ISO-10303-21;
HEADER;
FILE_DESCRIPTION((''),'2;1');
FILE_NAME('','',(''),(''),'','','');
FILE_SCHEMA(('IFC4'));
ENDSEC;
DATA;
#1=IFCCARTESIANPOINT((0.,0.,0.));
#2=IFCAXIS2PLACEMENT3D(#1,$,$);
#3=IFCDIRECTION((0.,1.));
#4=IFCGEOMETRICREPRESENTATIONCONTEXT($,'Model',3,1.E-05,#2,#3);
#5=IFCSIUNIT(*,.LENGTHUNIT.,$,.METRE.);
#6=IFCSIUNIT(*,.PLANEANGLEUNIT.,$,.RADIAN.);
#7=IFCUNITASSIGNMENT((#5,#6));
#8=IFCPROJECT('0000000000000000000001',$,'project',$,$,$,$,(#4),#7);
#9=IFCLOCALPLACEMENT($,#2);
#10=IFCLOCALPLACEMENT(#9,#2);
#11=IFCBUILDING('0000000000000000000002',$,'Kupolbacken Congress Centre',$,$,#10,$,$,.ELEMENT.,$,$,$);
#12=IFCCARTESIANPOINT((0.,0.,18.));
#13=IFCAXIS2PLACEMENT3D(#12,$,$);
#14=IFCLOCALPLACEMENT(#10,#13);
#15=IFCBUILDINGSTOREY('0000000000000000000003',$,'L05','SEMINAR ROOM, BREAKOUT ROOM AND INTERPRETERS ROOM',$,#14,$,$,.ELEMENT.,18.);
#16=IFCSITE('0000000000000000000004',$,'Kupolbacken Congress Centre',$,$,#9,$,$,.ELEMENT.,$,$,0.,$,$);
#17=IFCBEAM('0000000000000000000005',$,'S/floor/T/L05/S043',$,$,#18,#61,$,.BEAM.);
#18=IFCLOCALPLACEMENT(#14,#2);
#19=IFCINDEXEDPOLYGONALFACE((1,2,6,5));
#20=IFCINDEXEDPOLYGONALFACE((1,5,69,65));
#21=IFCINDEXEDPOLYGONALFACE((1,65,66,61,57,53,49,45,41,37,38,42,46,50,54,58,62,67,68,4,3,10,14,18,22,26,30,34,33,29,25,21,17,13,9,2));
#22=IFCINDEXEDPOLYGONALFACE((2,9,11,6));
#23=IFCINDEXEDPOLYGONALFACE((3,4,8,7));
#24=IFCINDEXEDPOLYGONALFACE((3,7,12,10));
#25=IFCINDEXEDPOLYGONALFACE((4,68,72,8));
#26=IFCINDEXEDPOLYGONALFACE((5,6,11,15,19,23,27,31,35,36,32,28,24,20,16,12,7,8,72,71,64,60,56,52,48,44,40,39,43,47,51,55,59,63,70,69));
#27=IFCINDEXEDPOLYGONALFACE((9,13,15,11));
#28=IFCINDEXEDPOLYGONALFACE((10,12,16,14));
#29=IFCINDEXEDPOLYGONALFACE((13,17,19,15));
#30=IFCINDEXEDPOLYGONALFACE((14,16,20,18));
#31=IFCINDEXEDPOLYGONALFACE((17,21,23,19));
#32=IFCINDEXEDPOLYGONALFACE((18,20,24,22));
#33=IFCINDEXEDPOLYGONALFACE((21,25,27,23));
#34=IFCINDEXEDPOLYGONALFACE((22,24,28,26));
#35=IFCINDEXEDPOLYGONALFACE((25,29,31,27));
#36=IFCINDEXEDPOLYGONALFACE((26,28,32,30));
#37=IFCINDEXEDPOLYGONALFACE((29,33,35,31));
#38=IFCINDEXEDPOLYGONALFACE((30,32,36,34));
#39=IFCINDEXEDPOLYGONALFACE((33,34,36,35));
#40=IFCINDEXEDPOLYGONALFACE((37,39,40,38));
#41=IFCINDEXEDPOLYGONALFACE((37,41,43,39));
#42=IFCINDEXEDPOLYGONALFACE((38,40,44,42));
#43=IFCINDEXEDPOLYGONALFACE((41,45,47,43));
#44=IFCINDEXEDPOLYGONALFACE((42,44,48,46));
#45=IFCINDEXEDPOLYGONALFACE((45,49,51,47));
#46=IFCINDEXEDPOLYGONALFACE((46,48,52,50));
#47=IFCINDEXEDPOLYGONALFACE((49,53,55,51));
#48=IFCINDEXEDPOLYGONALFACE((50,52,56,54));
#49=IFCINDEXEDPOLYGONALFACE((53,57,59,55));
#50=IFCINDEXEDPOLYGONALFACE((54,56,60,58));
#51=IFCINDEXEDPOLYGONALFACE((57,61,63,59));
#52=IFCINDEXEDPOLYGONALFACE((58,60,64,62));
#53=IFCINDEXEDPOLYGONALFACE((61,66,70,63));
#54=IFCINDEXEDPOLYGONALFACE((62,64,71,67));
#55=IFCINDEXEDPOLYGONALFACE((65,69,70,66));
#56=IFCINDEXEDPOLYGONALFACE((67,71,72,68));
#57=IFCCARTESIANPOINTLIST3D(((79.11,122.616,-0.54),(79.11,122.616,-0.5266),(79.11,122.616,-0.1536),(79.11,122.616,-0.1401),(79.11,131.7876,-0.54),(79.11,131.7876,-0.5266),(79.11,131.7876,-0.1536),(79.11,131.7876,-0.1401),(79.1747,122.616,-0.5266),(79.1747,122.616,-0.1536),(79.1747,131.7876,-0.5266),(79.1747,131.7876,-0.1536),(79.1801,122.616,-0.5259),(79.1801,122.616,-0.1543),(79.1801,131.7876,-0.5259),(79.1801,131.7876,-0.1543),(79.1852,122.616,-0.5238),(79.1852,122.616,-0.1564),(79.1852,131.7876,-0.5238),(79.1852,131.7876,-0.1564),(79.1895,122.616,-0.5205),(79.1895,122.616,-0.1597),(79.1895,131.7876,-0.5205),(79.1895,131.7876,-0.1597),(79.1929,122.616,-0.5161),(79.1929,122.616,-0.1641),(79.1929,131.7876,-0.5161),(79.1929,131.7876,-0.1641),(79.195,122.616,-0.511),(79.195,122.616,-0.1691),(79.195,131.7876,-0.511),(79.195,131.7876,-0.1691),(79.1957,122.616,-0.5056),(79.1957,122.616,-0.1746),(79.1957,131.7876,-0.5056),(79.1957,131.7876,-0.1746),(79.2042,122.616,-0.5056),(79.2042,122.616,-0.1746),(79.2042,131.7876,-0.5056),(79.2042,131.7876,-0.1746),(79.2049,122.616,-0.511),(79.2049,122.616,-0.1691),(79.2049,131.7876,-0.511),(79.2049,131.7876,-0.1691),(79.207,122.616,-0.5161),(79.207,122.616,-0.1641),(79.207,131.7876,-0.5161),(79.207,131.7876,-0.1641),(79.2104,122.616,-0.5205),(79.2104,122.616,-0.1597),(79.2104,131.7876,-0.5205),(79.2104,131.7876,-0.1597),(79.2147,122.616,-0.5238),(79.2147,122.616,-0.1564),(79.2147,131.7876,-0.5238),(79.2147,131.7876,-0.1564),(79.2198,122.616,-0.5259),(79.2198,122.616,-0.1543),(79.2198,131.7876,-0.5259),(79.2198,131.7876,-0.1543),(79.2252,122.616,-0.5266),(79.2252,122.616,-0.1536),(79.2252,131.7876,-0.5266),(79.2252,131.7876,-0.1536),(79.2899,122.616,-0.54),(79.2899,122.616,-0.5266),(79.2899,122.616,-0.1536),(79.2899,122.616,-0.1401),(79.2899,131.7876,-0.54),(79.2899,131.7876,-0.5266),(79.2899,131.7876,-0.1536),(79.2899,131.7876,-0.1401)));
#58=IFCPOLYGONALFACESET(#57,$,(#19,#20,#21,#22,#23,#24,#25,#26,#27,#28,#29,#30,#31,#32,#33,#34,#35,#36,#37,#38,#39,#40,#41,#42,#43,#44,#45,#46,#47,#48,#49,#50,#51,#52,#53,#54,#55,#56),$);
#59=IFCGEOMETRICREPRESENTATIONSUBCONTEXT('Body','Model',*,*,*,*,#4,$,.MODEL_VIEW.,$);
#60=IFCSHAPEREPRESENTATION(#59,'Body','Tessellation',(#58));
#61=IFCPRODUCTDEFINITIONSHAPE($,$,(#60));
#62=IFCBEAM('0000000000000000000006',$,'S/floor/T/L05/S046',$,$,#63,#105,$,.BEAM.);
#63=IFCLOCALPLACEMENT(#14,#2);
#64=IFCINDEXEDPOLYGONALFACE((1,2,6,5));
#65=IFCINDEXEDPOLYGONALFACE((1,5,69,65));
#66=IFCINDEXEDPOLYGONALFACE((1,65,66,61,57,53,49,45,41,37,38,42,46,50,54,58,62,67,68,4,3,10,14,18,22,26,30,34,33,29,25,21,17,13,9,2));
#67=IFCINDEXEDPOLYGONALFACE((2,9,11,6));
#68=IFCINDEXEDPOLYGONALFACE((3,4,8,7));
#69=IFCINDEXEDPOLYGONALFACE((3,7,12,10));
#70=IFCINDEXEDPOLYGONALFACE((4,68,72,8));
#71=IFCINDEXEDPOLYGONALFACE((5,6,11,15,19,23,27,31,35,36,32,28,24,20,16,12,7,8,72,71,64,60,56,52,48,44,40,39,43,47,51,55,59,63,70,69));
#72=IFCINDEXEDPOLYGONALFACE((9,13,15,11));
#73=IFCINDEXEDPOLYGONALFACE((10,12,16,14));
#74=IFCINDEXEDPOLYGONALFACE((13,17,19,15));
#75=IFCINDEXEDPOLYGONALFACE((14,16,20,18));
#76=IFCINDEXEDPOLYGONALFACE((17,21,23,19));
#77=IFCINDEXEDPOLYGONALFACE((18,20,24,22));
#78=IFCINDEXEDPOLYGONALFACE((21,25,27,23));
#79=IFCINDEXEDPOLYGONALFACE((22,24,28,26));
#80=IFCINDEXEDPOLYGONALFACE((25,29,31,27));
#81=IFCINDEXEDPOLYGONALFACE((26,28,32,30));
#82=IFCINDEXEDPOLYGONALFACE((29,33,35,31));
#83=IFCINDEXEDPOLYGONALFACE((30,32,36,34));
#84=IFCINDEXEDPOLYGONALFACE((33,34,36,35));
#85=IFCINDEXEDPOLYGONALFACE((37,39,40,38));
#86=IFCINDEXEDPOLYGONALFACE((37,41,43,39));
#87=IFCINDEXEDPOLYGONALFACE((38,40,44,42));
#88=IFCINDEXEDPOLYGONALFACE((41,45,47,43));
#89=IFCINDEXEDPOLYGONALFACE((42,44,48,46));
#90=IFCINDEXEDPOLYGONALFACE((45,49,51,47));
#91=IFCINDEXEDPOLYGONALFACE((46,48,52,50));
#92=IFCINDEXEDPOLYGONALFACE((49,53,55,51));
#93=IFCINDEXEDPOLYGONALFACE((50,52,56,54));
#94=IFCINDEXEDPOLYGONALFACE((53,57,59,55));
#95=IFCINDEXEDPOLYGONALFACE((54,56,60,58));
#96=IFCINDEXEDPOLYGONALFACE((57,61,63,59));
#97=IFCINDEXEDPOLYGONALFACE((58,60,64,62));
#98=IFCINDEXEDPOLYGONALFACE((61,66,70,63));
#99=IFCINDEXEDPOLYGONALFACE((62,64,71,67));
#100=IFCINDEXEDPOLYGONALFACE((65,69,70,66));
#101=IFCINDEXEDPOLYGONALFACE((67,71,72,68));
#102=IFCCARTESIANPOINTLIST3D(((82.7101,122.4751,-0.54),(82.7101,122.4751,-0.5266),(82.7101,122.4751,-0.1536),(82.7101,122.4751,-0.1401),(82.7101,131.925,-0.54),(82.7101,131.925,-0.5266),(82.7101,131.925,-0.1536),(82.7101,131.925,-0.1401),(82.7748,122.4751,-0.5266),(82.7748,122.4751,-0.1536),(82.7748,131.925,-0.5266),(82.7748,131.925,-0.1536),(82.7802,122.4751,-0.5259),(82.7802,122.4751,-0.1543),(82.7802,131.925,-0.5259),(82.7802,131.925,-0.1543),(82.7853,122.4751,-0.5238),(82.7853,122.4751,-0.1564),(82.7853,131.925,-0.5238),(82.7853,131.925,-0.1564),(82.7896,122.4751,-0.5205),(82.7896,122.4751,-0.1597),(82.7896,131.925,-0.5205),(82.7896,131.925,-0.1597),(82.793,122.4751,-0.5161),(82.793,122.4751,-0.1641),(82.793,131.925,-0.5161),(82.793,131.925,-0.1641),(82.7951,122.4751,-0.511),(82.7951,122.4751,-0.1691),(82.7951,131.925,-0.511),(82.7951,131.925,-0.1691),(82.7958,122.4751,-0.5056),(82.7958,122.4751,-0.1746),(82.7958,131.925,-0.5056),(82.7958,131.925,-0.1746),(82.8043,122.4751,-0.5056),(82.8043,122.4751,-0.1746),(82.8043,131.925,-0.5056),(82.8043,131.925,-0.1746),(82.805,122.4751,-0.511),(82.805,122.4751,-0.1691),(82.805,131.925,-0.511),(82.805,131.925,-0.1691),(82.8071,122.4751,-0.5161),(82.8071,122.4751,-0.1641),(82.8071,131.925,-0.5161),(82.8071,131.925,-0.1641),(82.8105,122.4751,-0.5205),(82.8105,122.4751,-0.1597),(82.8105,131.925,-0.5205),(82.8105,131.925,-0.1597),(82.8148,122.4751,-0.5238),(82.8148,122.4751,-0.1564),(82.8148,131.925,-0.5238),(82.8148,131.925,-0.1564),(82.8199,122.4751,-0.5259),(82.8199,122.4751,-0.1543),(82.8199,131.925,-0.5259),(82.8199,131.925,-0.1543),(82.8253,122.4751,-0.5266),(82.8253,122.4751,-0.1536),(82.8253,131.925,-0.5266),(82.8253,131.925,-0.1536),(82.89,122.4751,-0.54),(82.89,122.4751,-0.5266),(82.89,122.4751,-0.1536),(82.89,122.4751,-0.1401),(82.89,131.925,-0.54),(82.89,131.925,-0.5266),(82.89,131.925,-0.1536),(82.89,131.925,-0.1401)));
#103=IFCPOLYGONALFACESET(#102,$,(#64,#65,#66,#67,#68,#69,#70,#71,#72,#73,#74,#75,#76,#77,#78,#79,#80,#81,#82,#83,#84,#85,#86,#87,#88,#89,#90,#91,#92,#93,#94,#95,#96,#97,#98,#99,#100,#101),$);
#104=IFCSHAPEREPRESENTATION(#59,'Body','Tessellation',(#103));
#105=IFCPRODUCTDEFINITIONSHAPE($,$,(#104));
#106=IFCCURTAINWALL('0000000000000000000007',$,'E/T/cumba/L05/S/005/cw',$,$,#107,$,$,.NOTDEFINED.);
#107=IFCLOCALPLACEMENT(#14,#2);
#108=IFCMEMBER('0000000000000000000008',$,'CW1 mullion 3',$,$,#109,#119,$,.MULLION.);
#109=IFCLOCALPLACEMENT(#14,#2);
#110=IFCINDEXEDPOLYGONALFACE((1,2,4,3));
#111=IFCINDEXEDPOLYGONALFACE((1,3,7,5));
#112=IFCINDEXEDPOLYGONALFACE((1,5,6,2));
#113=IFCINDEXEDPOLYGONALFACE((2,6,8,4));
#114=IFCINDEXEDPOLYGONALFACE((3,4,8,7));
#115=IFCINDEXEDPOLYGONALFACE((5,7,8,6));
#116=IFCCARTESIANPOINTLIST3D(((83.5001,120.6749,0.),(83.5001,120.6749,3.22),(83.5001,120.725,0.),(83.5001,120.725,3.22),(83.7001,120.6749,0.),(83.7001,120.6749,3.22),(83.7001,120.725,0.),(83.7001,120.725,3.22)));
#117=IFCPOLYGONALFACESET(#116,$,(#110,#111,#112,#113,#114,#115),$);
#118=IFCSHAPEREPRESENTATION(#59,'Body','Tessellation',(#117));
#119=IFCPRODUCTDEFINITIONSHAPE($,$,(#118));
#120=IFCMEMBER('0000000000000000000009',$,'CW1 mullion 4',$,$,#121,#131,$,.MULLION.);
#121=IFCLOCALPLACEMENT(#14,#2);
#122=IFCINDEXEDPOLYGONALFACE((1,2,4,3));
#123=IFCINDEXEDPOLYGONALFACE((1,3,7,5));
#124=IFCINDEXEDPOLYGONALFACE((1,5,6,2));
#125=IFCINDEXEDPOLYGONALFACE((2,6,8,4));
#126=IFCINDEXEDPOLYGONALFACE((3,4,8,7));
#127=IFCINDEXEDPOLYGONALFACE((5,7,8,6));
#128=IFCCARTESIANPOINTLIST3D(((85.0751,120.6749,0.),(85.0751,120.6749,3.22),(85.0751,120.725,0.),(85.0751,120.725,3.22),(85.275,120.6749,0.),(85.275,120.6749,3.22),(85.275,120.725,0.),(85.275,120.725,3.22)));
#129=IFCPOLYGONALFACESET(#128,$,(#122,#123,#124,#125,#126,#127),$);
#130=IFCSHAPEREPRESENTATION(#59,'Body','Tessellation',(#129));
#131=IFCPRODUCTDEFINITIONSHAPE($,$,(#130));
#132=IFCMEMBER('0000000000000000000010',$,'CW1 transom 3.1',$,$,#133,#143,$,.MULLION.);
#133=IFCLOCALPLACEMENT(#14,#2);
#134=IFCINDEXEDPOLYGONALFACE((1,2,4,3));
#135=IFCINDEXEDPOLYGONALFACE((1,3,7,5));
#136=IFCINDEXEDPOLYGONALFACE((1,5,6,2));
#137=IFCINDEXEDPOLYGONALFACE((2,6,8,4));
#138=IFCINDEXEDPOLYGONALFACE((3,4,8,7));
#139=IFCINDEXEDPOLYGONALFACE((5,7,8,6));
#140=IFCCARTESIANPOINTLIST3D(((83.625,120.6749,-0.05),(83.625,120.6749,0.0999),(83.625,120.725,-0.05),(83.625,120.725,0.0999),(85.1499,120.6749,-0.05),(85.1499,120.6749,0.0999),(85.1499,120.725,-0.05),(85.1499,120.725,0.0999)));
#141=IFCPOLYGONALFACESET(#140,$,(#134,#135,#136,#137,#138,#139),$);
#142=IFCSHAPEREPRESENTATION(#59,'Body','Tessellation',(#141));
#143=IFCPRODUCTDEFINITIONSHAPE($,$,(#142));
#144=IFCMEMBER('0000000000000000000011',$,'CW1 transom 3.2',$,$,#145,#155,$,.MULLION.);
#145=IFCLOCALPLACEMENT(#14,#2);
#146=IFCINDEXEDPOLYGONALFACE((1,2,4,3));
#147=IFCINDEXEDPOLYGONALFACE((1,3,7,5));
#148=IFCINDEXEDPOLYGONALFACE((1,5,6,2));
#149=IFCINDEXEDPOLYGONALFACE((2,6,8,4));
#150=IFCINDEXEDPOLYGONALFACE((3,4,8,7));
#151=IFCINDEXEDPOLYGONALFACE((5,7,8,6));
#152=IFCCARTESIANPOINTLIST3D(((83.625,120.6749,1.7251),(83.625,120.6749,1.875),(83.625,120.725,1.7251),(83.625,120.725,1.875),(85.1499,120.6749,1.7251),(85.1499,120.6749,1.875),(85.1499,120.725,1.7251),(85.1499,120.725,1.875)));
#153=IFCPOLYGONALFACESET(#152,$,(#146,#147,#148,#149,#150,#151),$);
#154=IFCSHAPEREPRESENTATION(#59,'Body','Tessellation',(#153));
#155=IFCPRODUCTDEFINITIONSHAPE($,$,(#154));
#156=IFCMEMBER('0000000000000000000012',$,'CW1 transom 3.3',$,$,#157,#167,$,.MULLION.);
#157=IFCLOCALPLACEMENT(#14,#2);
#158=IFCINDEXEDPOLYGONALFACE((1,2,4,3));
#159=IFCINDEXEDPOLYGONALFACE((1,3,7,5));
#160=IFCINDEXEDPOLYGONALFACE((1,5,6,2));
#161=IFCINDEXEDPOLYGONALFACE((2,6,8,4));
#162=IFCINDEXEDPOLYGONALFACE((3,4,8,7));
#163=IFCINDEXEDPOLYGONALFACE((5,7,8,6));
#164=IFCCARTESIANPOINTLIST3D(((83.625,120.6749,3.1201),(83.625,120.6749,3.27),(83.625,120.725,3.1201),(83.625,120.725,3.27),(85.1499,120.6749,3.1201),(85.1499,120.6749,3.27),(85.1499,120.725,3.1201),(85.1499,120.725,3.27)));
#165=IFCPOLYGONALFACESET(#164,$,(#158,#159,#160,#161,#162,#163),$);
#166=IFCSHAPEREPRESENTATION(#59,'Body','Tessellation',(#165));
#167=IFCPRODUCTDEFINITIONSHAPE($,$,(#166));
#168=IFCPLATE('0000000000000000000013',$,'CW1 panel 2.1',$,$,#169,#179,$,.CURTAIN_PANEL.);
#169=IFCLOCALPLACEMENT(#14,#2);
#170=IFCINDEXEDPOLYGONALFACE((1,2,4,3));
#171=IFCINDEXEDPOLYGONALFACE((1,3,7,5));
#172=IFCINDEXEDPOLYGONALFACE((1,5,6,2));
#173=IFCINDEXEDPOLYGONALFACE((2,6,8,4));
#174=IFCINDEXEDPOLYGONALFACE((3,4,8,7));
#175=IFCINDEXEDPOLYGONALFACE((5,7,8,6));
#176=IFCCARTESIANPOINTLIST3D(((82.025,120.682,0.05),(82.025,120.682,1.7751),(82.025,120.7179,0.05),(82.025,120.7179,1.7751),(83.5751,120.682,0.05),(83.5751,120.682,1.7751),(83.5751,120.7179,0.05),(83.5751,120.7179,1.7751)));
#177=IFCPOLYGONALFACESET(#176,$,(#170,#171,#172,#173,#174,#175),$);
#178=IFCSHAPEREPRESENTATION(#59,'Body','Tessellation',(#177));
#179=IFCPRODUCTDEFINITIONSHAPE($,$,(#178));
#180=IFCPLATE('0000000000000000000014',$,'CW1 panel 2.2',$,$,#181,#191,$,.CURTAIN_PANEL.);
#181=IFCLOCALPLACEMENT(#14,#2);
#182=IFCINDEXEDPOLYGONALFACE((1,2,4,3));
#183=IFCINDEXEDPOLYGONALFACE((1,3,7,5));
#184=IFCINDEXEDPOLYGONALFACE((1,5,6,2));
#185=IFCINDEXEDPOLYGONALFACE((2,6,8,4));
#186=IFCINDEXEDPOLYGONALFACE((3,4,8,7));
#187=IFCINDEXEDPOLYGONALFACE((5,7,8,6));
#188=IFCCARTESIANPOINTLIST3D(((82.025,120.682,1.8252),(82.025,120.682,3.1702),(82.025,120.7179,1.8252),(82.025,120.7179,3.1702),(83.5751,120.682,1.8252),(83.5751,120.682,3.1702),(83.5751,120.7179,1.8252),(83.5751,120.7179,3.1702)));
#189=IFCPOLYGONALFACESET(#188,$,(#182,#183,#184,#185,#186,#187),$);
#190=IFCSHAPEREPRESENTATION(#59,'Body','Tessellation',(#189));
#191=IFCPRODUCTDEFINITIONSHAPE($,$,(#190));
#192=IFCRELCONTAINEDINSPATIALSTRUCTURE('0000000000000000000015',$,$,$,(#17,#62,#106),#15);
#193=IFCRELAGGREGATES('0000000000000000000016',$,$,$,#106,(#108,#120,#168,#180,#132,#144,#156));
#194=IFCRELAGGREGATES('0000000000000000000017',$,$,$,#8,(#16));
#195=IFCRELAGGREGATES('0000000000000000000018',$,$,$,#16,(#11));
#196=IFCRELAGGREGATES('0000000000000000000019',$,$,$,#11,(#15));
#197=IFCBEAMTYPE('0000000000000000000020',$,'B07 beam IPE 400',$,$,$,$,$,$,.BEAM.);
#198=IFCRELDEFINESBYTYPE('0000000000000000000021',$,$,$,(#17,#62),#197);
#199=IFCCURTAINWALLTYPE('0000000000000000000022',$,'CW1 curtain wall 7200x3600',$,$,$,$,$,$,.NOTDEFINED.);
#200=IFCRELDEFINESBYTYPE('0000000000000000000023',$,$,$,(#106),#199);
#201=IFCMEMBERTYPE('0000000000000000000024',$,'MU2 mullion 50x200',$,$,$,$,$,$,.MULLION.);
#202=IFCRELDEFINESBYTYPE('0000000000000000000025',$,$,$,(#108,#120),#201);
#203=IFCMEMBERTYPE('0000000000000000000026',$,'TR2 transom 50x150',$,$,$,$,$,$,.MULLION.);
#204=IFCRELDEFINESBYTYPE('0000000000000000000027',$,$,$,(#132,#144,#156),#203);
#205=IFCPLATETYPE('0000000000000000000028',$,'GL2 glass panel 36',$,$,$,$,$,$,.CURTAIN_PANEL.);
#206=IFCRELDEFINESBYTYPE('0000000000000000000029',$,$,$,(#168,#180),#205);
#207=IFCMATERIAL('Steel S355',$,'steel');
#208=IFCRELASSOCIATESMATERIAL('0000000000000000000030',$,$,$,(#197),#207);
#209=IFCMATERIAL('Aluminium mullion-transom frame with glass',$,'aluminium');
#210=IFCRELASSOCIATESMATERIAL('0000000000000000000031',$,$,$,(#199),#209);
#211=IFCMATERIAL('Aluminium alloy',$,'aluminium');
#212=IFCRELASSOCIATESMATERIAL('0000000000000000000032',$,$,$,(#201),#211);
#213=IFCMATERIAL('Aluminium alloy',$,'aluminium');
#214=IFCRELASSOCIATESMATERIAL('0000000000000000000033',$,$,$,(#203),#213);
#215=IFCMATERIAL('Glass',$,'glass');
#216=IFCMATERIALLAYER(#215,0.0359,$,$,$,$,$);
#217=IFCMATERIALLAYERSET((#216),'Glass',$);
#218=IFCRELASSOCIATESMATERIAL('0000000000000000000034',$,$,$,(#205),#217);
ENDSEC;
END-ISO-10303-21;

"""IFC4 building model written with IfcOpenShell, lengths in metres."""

from ifc_helpers import new_model, si_unit, direction, frame, origin, origin_2d, place, context, subcontext, project, spatial, rectangle, i_section, extrude, material, layer, layer_set, material_profile, profile_set, type_object, element, aggregate, save


model = new_model("IFC4")

# Units and contexts
model_context = context("Model", 3, precision=1e-05, world=origin(), true_north=direction((0.0, 1.0)))
body_context = subcontext(model_context, "Body", "Model", "MODEL_VIEW")
ifc_project = project(units=[si_unit("LENGTHUNIT", "METRE"), si_unit("PLANEANGLEUNIT", "RADIAN")], contexts=[model_context])

# Site, building, storey
site_placement = place(None, origin())
site = spatial("IfcSite", under=ifc_project, at=site_placement, Name="Kupolbacken Congress Centre", CompositionType="ELEMENT", RefElevation=0.0)
building_placement = place(site_placement, origin())
building = spatial("IfcBuilding", under=site, at=building_placement, Name="Kupolbacken Congress Centre", CompositionType="ELEMENT")
storey_placement = place(building_placement, frame((0.0, 0.0, 18.0)))
storey = spatial("IfcBuildingStorey", under=building, at=storey_placement, Name="L05", Description="SEMINAR ROOM, BREAKOUT ROOM AND INTERPRETERS ROOM", CompositionType="ELEMENT", Elevation=18.0)

# Beams
ifc_material_1 = material(Name="Steel S355", Category="steel")
ifc_material_profile_1 = material_profile(ifc_material_1, i_section(OverallWidth=0.1799, OverallDepth=0.3999, WebThickness=0.0085, FlangeThickness=0.0134, FilletRadius=0.021, at=origin_2d()), Name="IPE 400")
ifc_profile_set_1 = profile_set([ifc_material_profile_1], Name="Steel S355")
beam_type_1 = type_object("IfcBeamType", Name="B07 beam IPE 400", PredefinedType="BEAM", material=ifc_profile_set_1)
beam_1_placement = place(storey_placement, frame((79.2, 122.616, -0.3401), z_axis=(0.0, 1.0, 0.0), x_axis=(-1.0, 0.0, 0.0)))
element("IfcBeam", 1, at=beam_1_placement, inside=storey, type_object=beam_type_1, Name="S/floor/T/L05/S043", PredefinedType="BEAM", context=body_context, shape_type="SweptSolid", body=[
    extrude(i_section(OverallWidth=0.1799, OverallDepth=0.3999, WebThickness=0.0085, FlangeThickness=0.0134, FilletRadius=0.021, at=origin_2d()), origin(), (0.0, 0.0, 1.0), 9.1716),
])
beam_2_placement = place(storey_placement, frame((82.8, 122.4751, -0.3401), z_axis=(0.0, 1.0, 0.0), x_axis=(-1.0, 0.0, 0.0)))
element("IfcBeam", 2, at=beam_2_placement, inside=storey, type_object=beam_type_1, Name="S/floor/T/L05/S046", PredefinedType="BEAM", context=body_context, shape_type="SweptSolid", body=[
    extrude(i_section(OverallWidth=0.1799, OverallDepth=0.3999, WebThickness=0.0085, FlangeThickness=0.0134, FilletRadius=0.021, at=origin_2d()), origin(), (0.0, 0.0, 1.0), 9.45),
])

# Curtain wall, members, plates
ifc_material_2 = material(Name="Aluminium mullion-transom frame with glass", Category="aluminium")
curtain_wall_type = type_object("IfcCurtainWallType", Name="CW1 curtain wall 7200x3600", PredefinedType="NOTDEFINED", material=ifc_material_2)
curtain_wall_placement = place(storey_placement, origin())
curtain_wall = element("IfcCurtainWall", 3, at=curtain_wall_placement, inside=storey, type_object=curtain_wall_type, Name="E/T/cumba/L05/S/005/cw", PredefinedType="NOTDEFINED")
ifc_material_3 = material(Name="Aluminium alloy", Category="aluminium")
ifc_material_profile_2 = material_profile(ifc_material_3, rectangle(XDim=0.05, YDim=0.2, at=origin_2d()), Name="50 x 200")
ifc_profile_set_2 = profile_set([ifc_material_profile_2], Name="Aluminium alloy")
member_type_1 = type_object("IfcMemberType", Name="MU2 mullion 50x200", PredefinedType="MULLION", material=ifc_profile_set_2)
member_1_placement = place(storey_placement, frame((83.6001, 120.7, 0.0), z_axis=(0.0, 0.0, 1.0), x_axis=(0.0, 1.0, 0.0)))
member_1 = element("IfcMember", 4, at=member_1_placement, type_object=member_type_1, Name="CW1 mullion 3", PredefinedType="MULLION", context=body_context, shape_type="SweptSolid", body=[
    extrude(rectangle(XDim=0.05, YDim=0.2, at=origin_2d()), origin(), (0.0, 0.0, 1.0), 3.22),
])
member_2_placement = place(storey_placement, frame((85.175, 120.7, 0.0), z_axis=(0.0, 0.0, 1.0), x_axis=(0.0, 1.0, 0.0)))
member_2 = element("IfcMember", 5, at=member_2_placement, type_object=member_type_1, Name="CW1 mullion 4", PredefinedType="MULLION", context=body_context, shape_type="SweptSolid", body=[
    extrude(rectangle(XDim=0.05, YDim=0.2, at=origin_2d()), origin(), (0.0, 0.0, 1.0), 3.22),
])
ifc_material_4 = material(Name="Aluminium alloy", Category="aluminium")
ifc_material_profile_3 = material_profile(ifc_material_4, rectangle(XDim=0.05, YDim=0.1499, at=origin_2d()), Name="50 x 150")
ifc_profile_set_3 = profile_set([ifc_material_profile_3], Name="Aluminium alloy")
member_type_2 = type_object("IfcMemberType", Name="TR2 transom 50x150", PredefinedType="MULLION", material=ifc_profile_set_3)
member_3_placement = place(storey_placement, frame((83.625, 120.7, 0.0249), z_axis=(1.0, 0.0, 0.0), x_axis=(0.0, 1.0, 0.0)))
member_3 = element("IfcMember", 6, at=member_3_placement, type_object=member_type_2, Name="CW1 transom 3.1", PredefinedType="MULLION", context=body_context, shape_type="SweptSolid", body=[
    extrude(rectangle(XDim=0.05, YDim=0.1499, at=origin_2d()), origin(), (0.0, 0.0, 1.0), 1.5249),
])
member_4_placement = place(storey_placement, frame((83.625, 120.7, 1.8), z_axis=(1.0, 0.0, 0.0), x_axis=(0.0, 1.0, 0.0)))
member_4 = element("IfcMember", 7, at=member_4_placement, type_object=member_type_2, Name="CW1 transom 3.2", PredefinedType="MULLION", context=body_context, shape_type="SweptSolid", body=[
    extrude(rectangle(XDim=0.05, YDim=0.1499, at=origin_2d()), origin(), (0.0, 0.0, 1.0), 1.5249),
])
member_5_placement = place(storey_placement, frame((83.625, 120.7, 3.1951), z_axis=(1.0, 0.0, 0.0), x_axis=(0.0, 1.0, 0.0)))
member_5 = element("IfcMember", 8, at=member_5_placement, type_object=member_type_2, Name="CW1 transom 3.3", PredefinedType="MULLION", context=body_context, shape_type="SweptSolid", body=[
    extrude(rectangle(XDim=0.05, YDim=0.1499, at=origin_2d()), origin(), (0.0, 0.0, 1.0), 1.5249),
])
ifc_material_5 = material(Name="Glass", Category="glass")
ifc_layer_1 = layer(ifc_material_5, 0.0359)
ifc_layer_set_1 = layer_set([ifc_layer_1], Name="Glass")
plate_type = type_object("IfcPlateType", Name="GL2 glass panel 36", PredefinedType="CURTAIN_PANEL", material=ifc_layer_set_1)
plate_1_placement = place(storey_placement, frame((82.8, 120.7, 0.05), z_axis=(0.0, 0.0, 1.0), x_axis=(1.0, 0.0, 0.0)))
plate_1 = element("IfcPlate", 9, at=plate_1_placement, type_object=plate_type, Name="CW1 panel 2.1", PredefinedType="CURTAIN_PANEL", context=body_context, shape_type="SweptSolid", body=[
    extrude(rectangle(XDim=1.55, YDim=0.0359, at=origin_2d()), origin(), (0.0, 0.0, 1.0), 1.7251),
])
plate_2_placement = place(storey_placement, frame((82.8, 120.7, 1.8252), z_axis=(0.0, 0.0, 1.0), x_axis=(1.0, 0.0, 0.0)))
plate_2 = element("IfcPlate", 10, at=plate_2_placement, type_object=plate_type, Name="CW1 panel 2.2", PredefinedType="CURTAIN_PANEL", context=body_context, shape_type="SweptSolid", body=[
    extrude(rectangle(XDim=1.55, YDim=0.0359, at=origin_2d()), origin(), (0.0, 0.0, 1.0), 1.345),
])
aggregate(curtain_wall, [member_1, member_2, plate_1, plate_2, member_3, member_4, member_5])

save(model, "model.ifc")
